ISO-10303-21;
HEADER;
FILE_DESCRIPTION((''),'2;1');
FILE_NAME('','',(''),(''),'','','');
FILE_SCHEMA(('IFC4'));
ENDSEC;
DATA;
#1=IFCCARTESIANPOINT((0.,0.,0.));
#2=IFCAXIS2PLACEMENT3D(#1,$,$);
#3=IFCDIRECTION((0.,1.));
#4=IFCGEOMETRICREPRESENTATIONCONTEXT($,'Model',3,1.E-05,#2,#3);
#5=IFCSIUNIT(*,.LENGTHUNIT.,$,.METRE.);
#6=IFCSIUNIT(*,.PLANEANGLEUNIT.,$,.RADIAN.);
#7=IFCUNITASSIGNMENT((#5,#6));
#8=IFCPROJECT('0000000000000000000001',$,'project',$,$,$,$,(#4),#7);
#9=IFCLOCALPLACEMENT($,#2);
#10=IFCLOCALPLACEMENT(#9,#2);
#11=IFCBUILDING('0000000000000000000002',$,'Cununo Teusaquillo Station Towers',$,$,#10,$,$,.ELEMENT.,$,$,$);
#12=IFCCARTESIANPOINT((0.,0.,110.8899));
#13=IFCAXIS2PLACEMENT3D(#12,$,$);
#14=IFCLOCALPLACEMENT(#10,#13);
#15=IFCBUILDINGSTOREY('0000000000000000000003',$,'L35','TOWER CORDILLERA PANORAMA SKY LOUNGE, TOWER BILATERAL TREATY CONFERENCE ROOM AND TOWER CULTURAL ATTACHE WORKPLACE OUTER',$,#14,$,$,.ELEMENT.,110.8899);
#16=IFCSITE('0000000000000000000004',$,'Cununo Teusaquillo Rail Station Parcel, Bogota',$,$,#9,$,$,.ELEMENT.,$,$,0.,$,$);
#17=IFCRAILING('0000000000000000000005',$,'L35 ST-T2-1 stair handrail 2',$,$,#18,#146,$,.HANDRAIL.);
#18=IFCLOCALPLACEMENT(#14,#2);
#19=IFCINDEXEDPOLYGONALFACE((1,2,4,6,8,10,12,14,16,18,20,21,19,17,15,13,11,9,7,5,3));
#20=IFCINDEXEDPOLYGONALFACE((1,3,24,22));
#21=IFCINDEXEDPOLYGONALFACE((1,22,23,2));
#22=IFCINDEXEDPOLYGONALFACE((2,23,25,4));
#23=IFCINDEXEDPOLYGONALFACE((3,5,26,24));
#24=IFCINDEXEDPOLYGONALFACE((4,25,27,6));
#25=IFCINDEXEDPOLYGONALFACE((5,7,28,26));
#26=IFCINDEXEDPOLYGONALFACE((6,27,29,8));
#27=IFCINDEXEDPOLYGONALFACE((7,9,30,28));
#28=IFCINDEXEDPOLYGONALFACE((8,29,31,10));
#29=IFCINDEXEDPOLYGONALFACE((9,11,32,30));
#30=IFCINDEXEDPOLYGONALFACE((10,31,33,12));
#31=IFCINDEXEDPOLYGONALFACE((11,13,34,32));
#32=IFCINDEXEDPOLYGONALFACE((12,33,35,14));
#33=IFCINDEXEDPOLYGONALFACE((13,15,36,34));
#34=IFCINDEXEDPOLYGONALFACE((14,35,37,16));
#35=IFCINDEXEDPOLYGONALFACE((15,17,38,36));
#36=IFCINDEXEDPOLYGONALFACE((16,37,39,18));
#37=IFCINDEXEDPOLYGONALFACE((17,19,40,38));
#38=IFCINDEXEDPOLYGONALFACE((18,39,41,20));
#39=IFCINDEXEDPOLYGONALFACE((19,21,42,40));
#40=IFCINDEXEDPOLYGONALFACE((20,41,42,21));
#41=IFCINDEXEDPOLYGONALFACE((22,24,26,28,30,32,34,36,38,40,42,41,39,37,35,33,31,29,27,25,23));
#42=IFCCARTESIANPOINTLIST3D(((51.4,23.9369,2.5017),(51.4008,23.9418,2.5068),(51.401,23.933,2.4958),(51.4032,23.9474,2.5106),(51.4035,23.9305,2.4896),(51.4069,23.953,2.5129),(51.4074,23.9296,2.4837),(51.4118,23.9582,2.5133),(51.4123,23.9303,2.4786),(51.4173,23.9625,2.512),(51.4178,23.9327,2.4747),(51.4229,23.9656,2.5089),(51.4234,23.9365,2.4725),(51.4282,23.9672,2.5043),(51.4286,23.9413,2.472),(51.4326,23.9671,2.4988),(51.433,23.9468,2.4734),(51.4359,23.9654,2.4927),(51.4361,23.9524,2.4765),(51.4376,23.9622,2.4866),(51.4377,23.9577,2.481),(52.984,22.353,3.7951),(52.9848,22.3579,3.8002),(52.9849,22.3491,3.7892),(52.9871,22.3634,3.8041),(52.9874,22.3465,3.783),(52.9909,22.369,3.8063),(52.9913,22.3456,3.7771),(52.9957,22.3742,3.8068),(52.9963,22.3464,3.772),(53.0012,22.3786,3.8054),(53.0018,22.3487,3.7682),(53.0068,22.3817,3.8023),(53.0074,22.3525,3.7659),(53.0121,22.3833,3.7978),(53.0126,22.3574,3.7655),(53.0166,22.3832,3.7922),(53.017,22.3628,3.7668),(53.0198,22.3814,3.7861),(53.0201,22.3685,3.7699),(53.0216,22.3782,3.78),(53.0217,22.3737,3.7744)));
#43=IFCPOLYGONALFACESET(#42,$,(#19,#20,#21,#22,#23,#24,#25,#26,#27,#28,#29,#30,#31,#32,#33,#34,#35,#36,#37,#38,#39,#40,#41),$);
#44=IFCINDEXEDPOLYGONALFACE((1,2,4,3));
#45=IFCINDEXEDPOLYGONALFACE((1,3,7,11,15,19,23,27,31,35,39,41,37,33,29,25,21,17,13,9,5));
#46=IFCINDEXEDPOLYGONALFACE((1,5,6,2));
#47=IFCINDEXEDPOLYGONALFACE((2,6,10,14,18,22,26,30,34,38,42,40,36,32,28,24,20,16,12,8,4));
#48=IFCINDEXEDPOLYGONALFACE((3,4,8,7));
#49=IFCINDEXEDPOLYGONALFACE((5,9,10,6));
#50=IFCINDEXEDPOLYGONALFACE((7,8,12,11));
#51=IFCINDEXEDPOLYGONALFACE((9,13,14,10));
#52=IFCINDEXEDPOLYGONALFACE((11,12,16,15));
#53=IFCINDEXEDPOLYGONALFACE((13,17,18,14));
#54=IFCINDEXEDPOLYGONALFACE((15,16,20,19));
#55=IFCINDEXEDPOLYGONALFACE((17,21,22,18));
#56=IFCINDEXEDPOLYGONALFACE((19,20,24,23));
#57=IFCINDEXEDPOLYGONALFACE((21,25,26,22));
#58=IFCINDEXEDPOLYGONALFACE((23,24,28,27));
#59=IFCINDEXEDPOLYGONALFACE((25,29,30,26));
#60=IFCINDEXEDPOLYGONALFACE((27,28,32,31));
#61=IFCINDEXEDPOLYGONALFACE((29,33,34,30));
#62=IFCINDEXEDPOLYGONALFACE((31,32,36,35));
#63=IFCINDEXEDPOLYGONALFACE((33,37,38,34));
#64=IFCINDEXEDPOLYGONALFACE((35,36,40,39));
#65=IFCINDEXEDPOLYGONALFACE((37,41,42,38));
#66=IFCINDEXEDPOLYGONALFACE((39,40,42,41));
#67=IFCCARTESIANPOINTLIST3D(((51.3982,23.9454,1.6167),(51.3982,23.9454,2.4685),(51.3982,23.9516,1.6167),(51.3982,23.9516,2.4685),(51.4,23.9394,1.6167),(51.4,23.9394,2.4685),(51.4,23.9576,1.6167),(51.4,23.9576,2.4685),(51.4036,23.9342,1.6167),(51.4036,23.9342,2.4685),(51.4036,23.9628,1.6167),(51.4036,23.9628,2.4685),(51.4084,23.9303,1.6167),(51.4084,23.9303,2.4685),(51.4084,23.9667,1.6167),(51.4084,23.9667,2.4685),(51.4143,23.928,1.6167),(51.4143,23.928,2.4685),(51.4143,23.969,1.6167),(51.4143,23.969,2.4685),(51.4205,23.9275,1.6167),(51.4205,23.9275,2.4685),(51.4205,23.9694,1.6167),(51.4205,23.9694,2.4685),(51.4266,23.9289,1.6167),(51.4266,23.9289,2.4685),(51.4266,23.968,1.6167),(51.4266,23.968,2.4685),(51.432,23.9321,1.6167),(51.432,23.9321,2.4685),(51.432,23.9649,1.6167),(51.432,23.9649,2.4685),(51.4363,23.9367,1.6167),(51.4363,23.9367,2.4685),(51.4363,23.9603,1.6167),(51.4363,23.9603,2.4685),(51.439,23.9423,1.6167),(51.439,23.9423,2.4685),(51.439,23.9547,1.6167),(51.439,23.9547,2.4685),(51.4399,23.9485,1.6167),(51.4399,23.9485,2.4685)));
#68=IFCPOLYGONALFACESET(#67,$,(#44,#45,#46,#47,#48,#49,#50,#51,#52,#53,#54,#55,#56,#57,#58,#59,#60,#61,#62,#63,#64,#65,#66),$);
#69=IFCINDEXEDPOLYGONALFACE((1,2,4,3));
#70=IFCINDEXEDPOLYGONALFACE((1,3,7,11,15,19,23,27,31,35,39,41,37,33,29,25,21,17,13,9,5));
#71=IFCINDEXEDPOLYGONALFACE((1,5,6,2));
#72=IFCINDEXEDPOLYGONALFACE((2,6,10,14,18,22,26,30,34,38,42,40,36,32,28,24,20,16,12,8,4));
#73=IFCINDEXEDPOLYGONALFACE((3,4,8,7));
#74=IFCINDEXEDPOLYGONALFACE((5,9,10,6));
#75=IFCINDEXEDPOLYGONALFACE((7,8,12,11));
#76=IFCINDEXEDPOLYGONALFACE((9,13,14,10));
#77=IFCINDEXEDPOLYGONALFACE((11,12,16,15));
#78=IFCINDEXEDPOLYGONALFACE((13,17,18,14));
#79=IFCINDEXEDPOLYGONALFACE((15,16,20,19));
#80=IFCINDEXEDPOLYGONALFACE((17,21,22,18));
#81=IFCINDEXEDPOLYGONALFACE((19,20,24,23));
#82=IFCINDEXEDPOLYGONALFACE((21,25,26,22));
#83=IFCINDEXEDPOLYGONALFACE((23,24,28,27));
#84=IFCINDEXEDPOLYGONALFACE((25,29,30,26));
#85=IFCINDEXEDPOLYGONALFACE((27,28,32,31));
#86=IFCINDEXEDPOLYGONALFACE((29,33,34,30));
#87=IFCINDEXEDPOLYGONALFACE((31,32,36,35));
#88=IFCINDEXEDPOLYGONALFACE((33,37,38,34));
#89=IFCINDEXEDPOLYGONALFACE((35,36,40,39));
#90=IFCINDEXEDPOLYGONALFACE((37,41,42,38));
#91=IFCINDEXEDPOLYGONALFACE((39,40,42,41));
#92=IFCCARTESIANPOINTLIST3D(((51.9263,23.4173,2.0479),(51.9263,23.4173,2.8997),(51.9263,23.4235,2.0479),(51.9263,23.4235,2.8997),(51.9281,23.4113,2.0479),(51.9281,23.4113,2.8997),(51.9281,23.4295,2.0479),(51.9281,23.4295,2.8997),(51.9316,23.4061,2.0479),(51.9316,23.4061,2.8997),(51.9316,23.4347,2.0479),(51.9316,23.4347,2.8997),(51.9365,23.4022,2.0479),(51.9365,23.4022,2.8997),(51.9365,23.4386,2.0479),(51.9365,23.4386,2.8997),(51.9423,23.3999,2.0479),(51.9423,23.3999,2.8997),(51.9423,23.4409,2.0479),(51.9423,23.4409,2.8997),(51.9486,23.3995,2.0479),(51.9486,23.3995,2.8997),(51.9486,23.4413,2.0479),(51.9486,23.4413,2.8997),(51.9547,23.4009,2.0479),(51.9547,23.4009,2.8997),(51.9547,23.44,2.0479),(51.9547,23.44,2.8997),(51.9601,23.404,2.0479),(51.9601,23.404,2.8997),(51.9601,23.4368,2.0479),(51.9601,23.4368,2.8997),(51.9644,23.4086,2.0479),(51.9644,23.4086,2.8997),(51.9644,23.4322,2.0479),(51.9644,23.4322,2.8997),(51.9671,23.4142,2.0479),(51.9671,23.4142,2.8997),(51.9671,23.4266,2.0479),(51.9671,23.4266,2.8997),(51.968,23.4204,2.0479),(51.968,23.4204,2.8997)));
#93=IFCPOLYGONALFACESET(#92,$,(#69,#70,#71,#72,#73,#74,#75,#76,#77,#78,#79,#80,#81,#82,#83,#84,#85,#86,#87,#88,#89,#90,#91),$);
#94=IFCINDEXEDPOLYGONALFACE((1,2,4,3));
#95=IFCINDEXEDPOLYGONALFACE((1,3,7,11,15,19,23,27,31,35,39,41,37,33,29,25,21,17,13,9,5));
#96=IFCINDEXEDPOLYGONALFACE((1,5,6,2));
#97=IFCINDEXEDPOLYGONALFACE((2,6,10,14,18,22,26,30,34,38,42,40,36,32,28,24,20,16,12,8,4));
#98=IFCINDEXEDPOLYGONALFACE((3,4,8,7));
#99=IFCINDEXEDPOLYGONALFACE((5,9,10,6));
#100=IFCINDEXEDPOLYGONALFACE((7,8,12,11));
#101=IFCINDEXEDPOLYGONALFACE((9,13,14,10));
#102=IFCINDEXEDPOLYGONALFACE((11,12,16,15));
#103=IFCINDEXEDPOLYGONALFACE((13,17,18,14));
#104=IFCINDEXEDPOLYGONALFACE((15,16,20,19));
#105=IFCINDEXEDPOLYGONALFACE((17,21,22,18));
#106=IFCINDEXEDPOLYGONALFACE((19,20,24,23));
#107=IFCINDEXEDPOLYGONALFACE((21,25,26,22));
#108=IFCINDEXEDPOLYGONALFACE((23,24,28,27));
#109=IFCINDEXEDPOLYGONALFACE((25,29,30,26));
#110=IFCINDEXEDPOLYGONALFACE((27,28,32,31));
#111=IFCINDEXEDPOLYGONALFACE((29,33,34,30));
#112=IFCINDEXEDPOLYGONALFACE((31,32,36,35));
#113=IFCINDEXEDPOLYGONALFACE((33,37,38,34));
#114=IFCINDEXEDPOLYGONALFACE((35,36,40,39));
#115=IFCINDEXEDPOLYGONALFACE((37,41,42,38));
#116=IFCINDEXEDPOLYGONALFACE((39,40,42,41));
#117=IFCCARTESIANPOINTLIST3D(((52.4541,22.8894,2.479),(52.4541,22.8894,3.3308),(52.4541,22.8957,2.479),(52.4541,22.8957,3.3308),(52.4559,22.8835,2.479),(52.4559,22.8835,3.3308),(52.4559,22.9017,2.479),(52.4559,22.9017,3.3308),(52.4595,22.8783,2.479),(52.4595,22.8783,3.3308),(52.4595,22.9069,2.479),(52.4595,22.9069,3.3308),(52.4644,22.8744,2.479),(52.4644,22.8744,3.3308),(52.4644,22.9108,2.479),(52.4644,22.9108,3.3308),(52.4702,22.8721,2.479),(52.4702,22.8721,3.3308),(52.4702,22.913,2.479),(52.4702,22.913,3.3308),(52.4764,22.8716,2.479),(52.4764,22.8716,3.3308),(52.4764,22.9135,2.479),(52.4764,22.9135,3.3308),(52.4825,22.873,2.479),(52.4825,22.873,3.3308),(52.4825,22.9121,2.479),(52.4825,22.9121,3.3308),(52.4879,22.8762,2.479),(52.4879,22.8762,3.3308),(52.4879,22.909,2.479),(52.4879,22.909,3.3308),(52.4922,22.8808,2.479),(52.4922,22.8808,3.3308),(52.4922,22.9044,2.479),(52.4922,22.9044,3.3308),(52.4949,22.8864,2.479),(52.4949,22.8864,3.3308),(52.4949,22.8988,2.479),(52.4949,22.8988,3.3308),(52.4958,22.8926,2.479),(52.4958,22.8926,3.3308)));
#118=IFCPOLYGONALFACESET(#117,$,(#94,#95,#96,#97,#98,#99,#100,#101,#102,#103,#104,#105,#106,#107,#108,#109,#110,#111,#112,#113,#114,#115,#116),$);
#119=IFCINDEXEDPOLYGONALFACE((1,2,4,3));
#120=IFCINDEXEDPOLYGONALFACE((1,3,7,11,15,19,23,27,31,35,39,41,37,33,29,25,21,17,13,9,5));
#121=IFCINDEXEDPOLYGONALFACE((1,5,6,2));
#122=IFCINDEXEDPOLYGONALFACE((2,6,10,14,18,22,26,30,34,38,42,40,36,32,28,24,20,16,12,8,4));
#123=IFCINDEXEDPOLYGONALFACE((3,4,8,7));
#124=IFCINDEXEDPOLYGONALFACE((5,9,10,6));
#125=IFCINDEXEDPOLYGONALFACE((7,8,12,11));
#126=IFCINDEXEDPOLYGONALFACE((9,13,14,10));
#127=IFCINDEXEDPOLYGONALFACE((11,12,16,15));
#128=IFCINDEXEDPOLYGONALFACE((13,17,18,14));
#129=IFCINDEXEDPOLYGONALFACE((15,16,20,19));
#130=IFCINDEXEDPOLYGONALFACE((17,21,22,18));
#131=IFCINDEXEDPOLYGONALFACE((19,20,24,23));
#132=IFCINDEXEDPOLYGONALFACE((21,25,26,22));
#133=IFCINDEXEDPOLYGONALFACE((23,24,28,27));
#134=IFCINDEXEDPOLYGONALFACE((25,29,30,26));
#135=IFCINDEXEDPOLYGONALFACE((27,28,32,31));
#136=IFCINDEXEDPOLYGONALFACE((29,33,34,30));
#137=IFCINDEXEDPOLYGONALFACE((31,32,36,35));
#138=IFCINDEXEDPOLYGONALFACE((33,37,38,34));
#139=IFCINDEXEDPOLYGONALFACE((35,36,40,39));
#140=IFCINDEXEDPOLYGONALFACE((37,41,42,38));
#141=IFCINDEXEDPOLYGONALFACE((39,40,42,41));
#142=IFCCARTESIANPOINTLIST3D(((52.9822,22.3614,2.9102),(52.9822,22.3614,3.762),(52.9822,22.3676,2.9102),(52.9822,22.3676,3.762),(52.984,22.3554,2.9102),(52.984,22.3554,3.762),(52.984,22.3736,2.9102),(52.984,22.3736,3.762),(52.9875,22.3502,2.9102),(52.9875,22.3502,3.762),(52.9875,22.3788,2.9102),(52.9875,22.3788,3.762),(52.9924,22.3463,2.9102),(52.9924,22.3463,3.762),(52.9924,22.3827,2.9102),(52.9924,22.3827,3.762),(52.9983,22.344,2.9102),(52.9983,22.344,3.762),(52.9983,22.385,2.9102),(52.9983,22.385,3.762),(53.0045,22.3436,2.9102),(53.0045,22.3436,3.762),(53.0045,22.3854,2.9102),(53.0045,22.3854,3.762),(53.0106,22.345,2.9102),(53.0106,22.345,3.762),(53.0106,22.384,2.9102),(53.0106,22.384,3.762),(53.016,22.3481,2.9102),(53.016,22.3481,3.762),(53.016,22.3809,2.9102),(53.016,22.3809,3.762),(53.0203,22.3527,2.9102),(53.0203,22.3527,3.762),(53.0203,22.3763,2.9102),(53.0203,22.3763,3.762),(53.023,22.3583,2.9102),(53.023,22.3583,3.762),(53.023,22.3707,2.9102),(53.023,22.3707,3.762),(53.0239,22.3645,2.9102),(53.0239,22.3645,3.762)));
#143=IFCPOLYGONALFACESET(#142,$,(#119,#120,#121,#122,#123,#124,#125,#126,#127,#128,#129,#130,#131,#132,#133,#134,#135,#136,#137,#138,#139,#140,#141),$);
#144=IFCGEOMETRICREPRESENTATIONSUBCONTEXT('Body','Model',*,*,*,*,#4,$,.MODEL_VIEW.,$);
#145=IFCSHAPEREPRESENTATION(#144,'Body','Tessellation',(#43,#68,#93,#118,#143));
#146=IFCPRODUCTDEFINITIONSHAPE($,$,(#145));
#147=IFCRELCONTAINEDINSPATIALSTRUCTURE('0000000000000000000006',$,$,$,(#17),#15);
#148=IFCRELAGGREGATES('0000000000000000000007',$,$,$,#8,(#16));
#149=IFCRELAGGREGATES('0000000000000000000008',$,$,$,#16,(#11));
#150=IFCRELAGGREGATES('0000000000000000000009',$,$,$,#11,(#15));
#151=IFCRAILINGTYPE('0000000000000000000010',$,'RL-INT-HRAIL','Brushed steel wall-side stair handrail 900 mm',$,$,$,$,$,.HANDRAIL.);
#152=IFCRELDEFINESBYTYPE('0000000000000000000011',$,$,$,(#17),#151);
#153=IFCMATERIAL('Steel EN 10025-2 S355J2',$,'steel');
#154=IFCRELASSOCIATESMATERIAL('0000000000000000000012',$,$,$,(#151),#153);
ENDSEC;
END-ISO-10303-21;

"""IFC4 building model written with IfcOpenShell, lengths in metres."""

from ifc_helpers import new_model, si_unit, direction, frame, origin, origin_2d, place, context, subcontext, project, spatial, circle, extrude, material, type_object, element, save


model = new_model("IFC4")

# Units and contexts
model_context = context("Model", 3, precision=1e-05, world=origin(), true_north=direction((0.0, 1.0)))
body_context = subcontext(model_context, "Body", "Model", "MODEL_VIEW")
ifc_project = project(units=[si_unit("LENGTHUNIT", "METRE"), si_unit("PLANEANGLEUNIT", "RADIAN")], contexts=[model_context])

# Site, building, storey
site_placement = place(None, origin())
site = spatial("IfcSite", under=ifc_project, at=site_placement, Name="Cununo Teusaquillo Rail Station Parcel, Bogota", CompositionType="ELEMENT", RefElevation=0.0)
building_placement = place(site_placement, origin())
building = spatial("IfcBuilding", under=site, at=building_placement, Name="Cununo Teusaquillo Station Towers", CompositionType="ELEMENT")
storey_placement = place(building_placement, frame((0.0, 0.0, 110.8899)))
storey = spatial("IfcBuildingStorey", under=building, at=storey_placement, Name="L35", Description="TOWER CORDILLERA PANORAMA SKY LOUNGE, TOWER BILATERAL TREATY CONFERENCE ROOM AND TOWER CULTURAL ATTACHE WORKPLACE OUTER", CompositionType="ELEMENT", Elevation=110.8899)

# Railing
ifc_material_1 = material(Name="Steel EN 10025-2 S355J2", Category="steel")
railing_type_1 = type_object("IfcRailingType", Name="RL-INT-HRAIL", Description="Brushed steel wall-side stair handrail 900 mm", PredefinedType="HANDRAIL", material=ifc_material_1)
railing_1_placement = place(storey_placement, frame((51.4189, 23.9485, 1.6167)))
element("IfcRailing", 1, at=railing_1_placement, inside=storey, type_object=railing_type_1, Name="L35 ST-T2-1 stair handrail 2", PredefinedType="HANDRAIL", context=body_context, shape_type="SweptSolid", body=[
    extrude(circle(Radius=0.0239, at=origin_2d()), frame((0.0, 0.0, 0.876), z_axis=(0.612356, -0.612356, 0.50004), x_axis=(0.707107, 0.707107, 0.0)), (0.0, 0.0, 1.0), 2.5867),
    extrude(circle(Radius=0.021, at=origin_2d()), origin(), (0.0, 0.0, 1.0), 0.8518),
    extrude(circle(Radius=0.021, at=origin_2d()), frame((0.5281, -0.5281, 0.4312)), (0.0, 0.0, 1.0), 0.8518),
    extrude(circle(Radius=0.021, at=origin_2d()), frame((1.0559, -1.0559, 0.8623)), (0.0, 0.0, 1.0), 0.8518),
    extrude(circle(Radius=0.021, at=origin_2d()), frame((1.584, -1.584, 1.2935)), (0.0, 0.0, 1.0), 0.8518),
])

save(model, "model.ifc")
